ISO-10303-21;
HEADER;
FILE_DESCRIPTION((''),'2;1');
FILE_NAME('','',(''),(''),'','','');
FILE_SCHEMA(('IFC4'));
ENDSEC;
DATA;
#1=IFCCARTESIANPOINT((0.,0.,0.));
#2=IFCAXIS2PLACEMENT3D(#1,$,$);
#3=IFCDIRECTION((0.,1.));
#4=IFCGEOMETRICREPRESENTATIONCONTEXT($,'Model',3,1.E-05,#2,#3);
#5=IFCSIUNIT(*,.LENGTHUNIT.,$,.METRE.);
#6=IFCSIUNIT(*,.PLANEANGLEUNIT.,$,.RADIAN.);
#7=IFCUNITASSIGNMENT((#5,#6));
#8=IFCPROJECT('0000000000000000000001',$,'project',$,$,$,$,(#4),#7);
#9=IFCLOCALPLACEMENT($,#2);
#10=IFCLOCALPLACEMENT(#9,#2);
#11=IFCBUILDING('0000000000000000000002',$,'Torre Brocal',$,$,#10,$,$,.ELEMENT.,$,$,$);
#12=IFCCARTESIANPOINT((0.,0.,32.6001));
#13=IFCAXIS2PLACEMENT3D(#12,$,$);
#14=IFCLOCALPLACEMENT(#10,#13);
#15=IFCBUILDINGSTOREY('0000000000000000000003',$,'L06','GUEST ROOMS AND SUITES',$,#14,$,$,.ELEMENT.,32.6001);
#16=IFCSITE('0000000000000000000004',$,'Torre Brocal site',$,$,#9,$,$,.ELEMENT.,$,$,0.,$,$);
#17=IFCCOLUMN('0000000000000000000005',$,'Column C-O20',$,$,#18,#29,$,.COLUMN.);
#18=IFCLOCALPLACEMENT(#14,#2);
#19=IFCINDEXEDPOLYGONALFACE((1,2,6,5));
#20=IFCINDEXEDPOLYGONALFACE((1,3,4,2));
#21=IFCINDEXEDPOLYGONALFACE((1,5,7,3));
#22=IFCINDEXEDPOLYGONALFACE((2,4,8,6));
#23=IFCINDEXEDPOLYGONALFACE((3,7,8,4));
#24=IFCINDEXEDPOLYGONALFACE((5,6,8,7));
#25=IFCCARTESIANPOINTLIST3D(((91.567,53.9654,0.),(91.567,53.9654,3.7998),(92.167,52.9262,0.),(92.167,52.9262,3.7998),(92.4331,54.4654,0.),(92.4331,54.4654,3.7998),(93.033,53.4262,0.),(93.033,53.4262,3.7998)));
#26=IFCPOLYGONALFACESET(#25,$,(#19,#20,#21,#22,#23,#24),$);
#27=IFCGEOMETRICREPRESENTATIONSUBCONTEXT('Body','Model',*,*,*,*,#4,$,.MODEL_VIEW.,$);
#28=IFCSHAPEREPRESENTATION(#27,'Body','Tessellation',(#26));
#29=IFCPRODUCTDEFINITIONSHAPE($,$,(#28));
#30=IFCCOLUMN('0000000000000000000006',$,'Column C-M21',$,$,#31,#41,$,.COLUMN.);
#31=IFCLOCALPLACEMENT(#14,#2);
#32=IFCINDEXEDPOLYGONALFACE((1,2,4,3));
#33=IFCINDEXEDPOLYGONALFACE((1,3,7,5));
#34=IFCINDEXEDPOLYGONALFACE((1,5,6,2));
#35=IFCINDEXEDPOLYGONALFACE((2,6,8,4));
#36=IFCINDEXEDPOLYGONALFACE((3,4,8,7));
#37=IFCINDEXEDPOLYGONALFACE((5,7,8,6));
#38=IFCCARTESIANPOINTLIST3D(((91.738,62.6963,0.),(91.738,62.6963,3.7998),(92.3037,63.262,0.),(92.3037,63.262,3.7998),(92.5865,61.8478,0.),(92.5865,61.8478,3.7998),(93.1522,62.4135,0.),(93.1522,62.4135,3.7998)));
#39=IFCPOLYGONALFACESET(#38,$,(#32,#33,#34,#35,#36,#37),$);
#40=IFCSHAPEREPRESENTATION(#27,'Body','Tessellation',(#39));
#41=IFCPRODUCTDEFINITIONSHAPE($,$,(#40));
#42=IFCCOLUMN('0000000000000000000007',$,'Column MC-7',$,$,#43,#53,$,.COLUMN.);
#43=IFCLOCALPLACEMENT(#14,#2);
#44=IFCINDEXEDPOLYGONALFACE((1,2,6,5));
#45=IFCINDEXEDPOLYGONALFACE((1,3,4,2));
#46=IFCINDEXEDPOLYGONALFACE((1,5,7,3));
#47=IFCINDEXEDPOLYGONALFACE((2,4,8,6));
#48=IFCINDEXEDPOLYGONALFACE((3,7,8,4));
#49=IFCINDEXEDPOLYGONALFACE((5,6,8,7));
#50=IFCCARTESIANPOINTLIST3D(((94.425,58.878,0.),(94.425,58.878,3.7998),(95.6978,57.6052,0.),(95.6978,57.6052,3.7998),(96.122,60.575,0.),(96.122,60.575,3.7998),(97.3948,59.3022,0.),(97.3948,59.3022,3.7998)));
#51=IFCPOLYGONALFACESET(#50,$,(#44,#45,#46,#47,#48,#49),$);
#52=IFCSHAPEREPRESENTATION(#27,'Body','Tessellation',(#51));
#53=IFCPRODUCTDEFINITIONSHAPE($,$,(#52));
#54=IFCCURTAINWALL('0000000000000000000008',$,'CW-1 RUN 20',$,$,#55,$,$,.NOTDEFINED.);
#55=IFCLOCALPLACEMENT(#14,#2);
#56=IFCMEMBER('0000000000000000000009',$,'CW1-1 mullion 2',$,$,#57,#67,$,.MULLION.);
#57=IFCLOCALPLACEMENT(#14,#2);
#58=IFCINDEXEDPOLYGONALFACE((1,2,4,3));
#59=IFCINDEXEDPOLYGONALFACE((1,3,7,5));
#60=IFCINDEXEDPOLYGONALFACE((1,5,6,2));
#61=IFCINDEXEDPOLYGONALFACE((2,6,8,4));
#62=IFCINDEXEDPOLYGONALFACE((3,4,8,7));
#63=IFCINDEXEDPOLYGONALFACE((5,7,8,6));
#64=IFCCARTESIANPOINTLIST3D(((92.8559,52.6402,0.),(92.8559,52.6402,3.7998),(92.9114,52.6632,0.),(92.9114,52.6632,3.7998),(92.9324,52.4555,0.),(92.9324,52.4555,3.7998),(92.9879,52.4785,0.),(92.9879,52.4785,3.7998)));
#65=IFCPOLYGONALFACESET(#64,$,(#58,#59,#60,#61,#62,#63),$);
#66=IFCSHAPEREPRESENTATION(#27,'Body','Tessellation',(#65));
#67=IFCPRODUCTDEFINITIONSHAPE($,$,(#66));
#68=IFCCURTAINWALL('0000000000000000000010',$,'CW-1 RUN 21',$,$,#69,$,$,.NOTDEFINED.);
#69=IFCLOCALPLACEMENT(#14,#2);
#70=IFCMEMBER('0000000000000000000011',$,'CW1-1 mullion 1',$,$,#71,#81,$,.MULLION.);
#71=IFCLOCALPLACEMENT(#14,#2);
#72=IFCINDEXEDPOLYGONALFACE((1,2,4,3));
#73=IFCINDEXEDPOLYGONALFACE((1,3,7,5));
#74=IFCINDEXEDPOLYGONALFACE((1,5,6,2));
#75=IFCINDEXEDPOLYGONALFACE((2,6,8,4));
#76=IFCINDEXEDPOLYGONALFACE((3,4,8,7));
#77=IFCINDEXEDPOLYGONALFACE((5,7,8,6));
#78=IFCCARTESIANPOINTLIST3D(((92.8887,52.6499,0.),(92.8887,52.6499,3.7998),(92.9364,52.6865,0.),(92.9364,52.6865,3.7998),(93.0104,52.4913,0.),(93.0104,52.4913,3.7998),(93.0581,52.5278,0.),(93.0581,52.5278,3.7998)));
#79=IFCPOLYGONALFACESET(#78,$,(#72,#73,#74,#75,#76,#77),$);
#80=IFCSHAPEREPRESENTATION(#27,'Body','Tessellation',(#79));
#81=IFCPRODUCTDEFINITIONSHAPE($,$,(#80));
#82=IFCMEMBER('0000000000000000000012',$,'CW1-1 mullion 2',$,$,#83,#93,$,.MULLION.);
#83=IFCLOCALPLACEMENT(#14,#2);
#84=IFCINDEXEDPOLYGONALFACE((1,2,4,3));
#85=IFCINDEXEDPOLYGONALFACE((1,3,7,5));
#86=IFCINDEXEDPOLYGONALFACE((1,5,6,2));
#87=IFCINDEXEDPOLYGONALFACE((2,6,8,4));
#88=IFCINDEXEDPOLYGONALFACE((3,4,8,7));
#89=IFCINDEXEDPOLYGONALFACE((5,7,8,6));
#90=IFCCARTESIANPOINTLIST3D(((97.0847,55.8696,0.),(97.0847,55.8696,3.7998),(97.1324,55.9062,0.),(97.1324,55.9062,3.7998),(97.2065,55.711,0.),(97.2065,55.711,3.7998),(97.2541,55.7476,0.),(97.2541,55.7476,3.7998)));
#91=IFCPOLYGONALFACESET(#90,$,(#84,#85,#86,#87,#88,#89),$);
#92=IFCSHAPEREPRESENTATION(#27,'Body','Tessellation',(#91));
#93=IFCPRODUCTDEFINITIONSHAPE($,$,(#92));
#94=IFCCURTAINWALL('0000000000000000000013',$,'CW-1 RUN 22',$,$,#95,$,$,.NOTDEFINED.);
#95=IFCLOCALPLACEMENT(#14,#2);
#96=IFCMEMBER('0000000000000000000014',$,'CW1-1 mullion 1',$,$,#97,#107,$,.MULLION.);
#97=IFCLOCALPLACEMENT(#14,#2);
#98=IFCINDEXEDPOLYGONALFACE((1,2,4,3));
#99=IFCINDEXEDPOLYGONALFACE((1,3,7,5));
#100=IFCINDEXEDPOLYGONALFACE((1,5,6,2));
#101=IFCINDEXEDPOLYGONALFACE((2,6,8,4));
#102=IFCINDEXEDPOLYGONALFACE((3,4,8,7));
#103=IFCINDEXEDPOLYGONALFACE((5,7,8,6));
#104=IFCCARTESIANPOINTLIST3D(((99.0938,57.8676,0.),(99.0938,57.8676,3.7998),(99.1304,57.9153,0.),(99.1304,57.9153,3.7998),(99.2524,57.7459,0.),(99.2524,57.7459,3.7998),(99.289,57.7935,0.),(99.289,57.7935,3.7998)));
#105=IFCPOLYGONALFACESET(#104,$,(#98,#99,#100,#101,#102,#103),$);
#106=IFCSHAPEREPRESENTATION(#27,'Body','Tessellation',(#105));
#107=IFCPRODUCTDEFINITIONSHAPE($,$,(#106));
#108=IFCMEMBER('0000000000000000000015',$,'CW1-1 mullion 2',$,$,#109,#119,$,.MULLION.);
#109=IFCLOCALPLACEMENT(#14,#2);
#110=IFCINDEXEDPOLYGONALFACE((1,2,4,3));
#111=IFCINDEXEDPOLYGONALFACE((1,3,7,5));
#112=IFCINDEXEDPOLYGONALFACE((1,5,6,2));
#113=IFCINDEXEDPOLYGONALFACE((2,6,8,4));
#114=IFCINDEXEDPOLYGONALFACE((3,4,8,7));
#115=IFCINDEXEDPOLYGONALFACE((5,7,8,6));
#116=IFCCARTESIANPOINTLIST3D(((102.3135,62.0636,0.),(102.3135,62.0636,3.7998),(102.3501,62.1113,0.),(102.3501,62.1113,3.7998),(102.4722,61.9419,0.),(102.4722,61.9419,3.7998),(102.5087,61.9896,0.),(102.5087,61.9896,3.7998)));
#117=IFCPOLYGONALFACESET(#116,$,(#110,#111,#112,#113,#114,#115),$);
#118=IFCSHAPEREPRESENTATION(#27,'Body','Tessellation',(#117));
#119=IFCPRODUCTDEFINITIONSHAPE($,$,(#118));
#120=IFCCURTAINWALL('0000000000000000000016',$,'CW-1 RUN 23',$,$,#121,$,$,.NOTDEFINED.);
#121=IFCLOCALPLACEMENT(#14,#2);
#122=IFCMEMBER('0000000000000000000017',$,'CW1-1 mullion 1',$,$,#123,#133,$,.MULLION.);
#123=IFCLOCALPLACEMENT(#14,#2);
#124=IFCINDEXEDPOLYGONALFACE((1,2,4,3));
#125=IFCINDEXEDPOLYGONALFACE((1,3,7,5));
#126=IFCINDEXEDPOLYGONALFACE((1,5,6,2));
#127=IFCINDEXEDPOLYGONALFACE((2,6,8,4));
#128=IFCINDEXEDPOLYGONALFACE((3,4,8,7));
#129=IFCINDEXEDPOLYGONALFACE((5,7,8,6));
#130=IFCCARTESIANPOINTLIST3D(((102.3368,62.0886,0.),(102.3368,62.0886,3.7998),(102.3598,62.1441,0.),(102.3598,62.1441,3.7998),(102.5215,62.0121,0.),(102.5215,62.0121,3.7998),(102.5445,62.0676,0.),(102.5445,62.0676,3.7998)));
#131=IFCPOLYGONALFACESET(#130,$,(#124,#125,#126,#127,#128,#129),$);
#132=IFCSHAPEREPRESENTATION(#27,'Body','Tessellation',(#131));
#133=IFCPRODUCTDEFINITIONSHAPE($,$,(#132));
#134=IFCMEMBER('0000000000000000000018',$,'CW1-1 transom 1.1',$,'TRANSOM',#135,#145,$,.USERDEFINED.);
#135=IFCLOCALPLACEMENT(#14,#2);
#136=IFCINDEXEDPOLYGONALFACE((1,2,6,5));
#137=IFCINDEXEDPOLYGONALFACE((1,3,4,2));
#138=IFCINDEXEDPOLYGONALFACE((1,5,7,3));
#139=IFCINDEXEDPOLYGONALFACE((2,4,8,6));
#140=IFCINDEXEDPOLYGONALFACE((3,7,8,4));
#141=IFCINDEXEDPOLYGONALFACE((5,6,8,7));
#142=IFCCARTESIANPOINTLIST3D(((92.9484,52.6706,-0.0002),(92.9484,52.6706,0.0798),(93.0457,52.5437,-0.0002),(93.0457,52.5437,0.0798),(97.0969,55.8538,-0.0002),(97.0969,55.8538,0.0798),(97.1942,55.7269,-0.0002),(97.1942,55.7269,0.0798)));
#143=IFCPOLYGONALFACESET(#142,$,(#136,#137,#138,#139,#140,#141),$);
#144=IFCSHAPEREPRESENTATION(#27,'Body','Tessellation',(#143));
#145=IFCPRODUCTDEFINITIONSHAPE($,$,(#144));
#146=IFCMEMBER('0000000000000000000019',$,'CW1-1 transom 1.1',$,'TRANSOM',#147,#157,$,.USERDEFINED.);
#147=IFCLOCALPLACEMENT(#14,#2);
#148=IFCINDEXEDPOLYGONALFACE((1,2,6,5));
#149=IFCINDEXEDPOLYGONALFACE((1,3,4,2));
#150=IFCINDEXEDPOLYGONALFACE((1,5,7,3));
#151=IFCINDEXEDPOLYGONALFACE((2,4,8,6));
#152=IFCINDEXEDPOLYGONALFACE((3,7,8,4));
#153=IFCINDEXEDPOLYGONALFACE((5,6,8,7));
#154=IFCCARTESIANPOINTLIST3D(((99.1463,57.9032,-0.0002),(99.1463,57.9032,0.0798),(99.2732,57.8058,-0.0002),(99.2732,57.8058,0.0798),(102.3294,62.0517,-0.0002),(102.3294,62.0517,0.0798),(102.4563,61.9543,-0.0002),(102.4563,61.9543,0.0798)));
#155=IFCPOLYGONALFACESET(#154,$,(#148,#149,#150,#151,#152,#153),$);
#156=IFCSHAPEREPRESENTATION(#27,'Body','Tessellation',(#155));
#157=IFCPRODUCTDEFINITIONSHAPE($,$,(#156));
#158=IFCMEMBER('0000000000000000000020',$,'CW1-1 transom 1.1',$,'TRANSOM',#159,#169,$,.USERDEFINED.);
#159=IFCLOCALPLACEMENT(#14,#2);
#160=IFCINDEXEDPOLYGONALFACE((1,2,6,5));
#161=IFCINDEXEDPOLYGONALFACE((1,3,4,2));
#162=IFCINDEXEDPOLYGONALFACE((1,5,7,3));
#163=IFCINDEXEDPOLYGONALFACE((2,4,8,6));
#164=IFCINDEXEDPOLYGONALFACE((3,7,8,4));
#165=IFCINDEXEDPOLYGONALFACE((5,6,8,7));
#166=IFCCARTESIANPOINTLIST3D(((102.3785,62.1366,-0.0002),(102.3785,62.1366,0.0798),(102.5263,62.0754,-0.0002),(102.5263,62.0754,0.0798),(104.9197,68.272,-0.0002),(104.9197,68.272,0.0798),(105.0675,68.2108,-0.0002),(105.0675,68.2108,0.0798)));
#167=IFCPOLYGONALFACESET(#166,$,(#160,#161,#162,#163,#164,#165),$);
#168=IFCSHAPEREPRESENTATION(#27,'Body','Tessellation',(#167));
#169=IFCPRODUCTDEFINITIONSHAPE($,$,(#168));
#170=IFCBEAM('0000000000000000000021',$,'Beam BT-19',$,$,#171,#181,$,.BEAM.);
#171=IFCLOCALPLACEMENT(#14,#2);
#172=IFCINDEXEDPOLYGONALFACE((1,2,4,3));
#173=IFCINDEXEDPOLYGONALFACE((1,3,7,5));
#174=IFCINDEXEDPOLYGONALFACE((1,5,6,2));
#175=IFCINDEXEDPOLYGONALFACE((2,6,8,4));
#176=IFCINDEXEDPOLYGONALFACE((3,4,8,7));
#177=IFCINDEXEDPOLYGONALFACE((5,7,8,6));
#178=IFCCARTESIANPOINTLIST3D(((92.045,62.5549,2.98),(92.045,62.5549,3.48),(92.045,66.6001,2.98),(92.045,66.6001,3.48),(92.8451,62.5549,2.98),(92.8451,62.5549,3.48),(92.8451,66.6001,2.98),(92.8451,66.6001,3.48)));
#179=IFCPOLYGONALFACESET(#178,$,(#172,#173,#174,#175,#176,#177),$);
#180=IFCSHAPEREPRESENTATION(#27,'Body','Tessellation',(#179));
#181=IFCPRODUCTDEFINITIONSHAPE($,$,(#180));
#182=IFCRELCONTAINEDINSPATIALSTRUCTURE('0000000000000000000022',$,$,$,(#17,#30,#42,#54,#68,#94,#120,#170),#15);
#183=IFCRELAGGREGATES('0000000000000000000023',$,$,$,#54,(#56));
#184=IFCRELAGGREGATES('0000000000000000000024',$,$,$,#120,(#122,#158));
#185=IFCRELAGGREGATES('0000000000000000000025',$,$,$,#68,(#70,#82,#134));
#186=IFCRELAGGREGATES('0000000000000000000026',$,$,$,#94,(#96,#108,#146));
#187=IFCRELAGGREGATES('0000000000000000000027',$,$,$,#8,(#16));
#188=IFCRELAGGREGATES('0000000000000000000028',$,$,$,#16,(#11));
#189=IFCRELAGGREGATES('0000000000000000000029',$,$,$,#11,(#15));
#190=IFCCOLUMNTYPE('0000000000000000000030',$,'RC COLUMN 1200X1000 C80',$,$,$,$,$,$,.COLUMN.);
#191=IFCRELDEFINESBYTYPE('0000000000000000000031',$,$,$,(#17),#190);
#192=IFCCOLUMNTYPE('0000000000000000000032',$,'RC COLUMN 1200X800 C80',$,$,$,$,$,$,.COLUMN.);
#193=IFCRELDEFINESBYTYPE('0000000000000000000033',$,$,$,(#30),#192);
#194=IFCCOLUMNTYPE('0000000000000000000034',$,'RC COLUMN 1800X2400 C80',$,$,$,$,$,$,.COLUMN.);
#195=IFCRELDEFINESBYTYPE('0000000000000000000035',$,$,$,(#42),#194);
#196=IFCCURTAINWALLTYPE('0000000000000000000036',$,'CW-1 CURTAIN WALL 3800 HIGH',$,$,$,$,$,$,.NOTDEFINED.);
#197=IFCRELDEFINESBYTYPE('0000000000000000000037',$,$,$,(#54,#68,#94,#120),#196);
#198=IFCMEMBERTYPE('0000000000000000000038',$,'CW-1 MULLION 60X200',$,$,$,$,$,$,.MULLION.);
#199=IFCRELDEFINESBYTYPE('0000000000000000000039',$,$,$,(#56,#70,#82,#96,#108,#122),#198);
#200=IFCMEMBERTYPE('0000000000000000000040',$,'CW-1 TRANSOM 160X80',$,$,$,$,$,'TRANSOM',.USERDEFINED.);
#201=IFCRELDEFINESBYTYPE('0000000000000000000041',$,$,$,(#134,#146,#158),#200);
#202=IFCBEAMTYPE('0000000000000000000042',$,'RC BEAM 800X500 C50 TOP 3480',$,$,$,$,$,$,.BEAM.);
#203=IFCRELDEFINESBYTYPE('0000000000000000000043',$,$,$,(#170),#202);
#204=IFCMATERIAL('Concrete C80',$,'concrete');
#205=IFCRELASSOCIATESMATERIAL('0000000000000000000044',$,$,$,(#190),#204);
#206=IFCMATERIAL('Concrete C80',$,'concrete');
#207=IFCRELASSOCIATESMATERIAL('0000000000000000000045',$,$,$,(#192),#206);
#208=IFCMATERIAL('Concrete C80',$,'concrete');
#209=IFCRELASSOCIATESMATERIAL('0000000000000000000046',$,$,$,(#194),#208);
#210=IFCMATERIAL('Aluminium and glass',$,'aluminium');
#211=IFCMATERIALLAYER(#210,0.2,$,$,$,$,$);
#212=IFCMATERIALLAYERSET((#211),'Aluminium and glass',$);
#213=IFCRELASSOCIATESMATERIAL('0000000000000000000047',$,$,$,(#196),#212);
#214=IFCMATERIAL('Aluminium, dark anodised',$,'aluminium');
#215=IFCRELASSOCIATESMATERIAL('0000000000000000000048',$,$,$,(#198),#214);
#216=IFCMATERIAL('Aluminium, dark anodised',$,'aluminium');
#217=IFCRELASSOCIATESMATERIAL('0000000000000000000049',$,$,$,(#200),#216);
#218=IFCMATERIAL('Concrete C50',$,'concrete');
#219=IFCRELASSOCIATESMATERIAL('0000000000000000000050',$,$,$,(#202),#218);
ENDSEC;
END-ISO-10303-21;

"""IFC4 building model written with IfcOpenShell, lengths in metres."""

from ifc_helpers import new_model, si_unit, direction, frame, origin, origin_2d, place, context, subcontext, project, spatial, rectangle, extrude, material, layer, layer_set, material_profile, profile_set, type_object, element, aggregate, save


model = new_model("IFC4")

# Units and contexts
model_context = context("Model", 3, precision=1e-05, world=origin(), true_north=direction((0.0, 1.0)))
body_context = subcontext(model_context, "Body", "Model", "MODEL_VIEW")
ifc_project = project(units=[si_unit("LENGTHUNIT", "METRE"), si_unit("PLANEANGLEUNIT", "RADIAN")], contexts=[model_context])

# Site, building, storey
site_placement = place(None, origin())
site = spatial("IfcSite", under=ifc_project, at=site_placement, Name="Torre Brocal site", CompositionType="ELEMENT", RefElevation=0.0)
building_placement = place(site_placement, origin())
building = spatial("IfcBuilding", under=site, at=building_placement, Name="Torre Brocal", CompositionType="ELEMENT")
storey_placement = place(building_placement, frame((0.0, 0.0, 32.6001)))
storey = spatial("IfcBuildingStorey", under=building, at=storey_placement, Name="L06", Description="GUEST ROOMS AND SUITES", CompositionType="ELEMENT", Elevation=32.6001)

# Columns
ifc_material_1 = material(Name="Concrete C80", Category="concrete")
ifc_material_profile_1 = material_profile(ifc_material_1, rectangle(XDim=1.2, YDim=1.0, at=origin_2d()), Name="RC 1200X1000")
ifc_profile_set_1 = profile_set([ifc_material_profile_1], Name="Concrete C80")
column_type_1 = type_object("IfcColumnType", Name="RC COLUMN 1200X1000 C80", PredefinedType="COLUMN", material=ifc_profile_set_1)
column_1_placement = place(storey_placement, frame((92.3, 53.6958, 0.0), z_axis=(0.0, 0.0, 1.0), x_axis=(0.5, -0.866025, 0.0)))
element("IfcColumn", 1, at=column_1_placement, inside=storey, type_object=column_type_1, Name="Column C-O20", PredefinedType="COLUMN", context=body_context, shape_type="SweptSolid", body=[
    extrude(rectangle(XDim=1.2, YDim=1.0, at=origin_2d()), origin(), (0.0, 0.0, 1.0), 3.7998),
])
ifc_material_2 = material(Name="Concrete C80", Category="concrete")
ifc_material_profile_2 = material_profile(ifc_material_2, rectangle(XDim=1.2, YDim=0.8, at=origin_2d()), Name="RC 1200X800")
ifc_profile_set_2 = profile_set([ifc_material_profile_2], Name="Concrete C80")
column_type_2 = type_object("IfcColumnType", Name="RC COLUMN 1200X800 C80", PredefinedType="COLUMN", material=ifc_profile_set_2)
column_2_placement = place(storey_placement, frame((92.4451, 62.5549, 0.0), z_axis=(0.0, 0.0, 1.0), x_axis=(0.707107, -0.707107, 0.0)))
element("IfcColumn", 2, at=column_2_placement, inside=storey, type_object=column_type_2, Name="Column C-M21", PredefinedType="COLUMN", context=body_context, shape_type="SweptSolid", body=[
    extrude(rectangle(XDim=1.2, YDim=0.8, at=origin_2d()), origin(), (0.0, 0.0, 1.0), 3.7998),
])
ifc_material_3 = material(Name="Concrete C80", Category="concrete")
ifc_material_profile_3 = material_profile(ifc_material_3, rectangle(XDim=1.8, YDim=2.3999, at=origin_2d()), Name="RC 1800X2400")
ifc_profile_set_3 = profile_set([ifc_material_profile_3], Name="Concrete C80")
column_type_3 = type_object("IfcColumnType", Name="RC COLUMN 1800X2400 C80", PredefinedType="COLUMN", material=ifc_profile_set_3)
column_3_placement = place(storey_placement, frame((95.9099, 59.0901, 0.0), z_axis=(0.0, 0.0, 1.0), x_axis=(0.707107, -0.707107, 0.0)))
element("IfcColumn", 3, at=column_3_placement, inside=storey, type_object=column_type_3, Name="Column MC-7", PredefinedType="COLUMN", context=body_context, shape_type="SweptSolid", body=[
    extrude(rectangle(XDim=1.8, YDim=2.3999, at=origin_2d()), origin(), (0.0, 0.0, 1.0), 3.7998),
])

# Curtain wall, member
ifc_material_4 = material(Name="Aluminium and glass", Category="aluminium")
ifc_layer_1 = layer(ifc_material_4, 0.2)
ifc_layer_set_1 = layer_set([ifc_layer_1], Name="Aluminium and glass")
curtain_wall_type = type_object("IfcCurtainWallType", Name="CW-1 CURTAIN WALL 3800 HIGH", PredefinedType="NOTDEFINED", material=ifc_layer_set_1)
curtain_wall_1_placement = place(storey_placement, origin())
curtain_wall_1 = element("IfcCurtainWall", 4, at=curtain_wall_1_placement, inside=storey, type_object=curtain_wall_type, Name="CW-1 RUN 20", PredefinedType="NOTDEFINED")
ifc_material_5 = material(Name="Aluminium, dark anodised", Category="aluminium")
ifc_material_profile_4 = material_profile(ifc_material_5, rectangle(XDim=0.2, YDim=0.0601, at=origin_2d()), Name="CW-1 MULLION 60X200")
ifc_profile_set_4 = profile_set([ifc_material_profile_4], Name="Aluminium, dark anodised")
member_type_1 = type_object("IfcMemberType", Name="CW-1 MULLION 60X200", PredefinedType="MULLION", material=ifc_profile_set_4)
member_1_placement = place(storey_placement, frame((92.9219, 52.5593, 0.0), z_axis=(0.0, 0.0, 1.0), x_axis=(-0.382683, 0.92388, 0.0)))
member_1 = element("IfcMember", 5, at=member_1_placement, type_object=member_type_1, Name="CW1-1 mullion 2", PredefinedType="MULLION", context=body_context, shape_type="SweptSolid", body=[
    extrude(rectangle(XDim=0.2, YDim=0.0601, at=origin_2d()), origin(), (0.0, 0.0, 1.0), 3.7998),
])
aggregate(curtain_wall_1, [member_1])

# Curtain walls, members
curtain_wall_2_placement = place(storey_placement, origin())
curtain_wall_2 = element("IfcCurtainWall", 6, at=curtain_wall_2_placement, inside=storey, type_object=curtain_wall_type, Name="CW-1 RUN 21", PredefinedType="NOTDEFINED")
member_2_placement = place(storey_placement, frame((92.9734, 52.5889, 0.0), z_axis=(0.0, 0.0, 1.0), x_axis=(-0.608761, 0.793353, 0.0)))
member_2 = element("IfcMember", 7, at=member_2_placement, type_object=member_type_1, Name="CW1-1 mullion 1", PredefinedType="MULLION", context=body_context, shape_type="SweptSolid", body=[
    extrude(rectangle(XDim=0.2, YDim=0.0601, at=origin_2d()), origin(), (0.0, 0.0, 1.0), 3.7998),
])
member_3_placement = place(storey_placement, frame((97.1694, 55.8086, 0.0), z_axis=(0.0, 0.0, 1.0), x_axis=(-0.608761, 0.793353, 0.0)))
member_3 = element("IfcMember", 8, at=member_3_placement, type_object=member_type_1, Name="CW1-1 mullion 2", PredefinedType="MULLION", context=body_context, shape_type="SweptSolid", body=[
    extrude(rectangle(XDim=0.2, YDim=0.0601, at=origin_2d()), origin(), (0.0, 0.0, 1.0), 3.7998),
])
curtain_wall_3_placement = place(storey_placement, origin())
curtain_wall_3 = element("IfcCurtainWall", 9, at=curtain_wall_3_placement, inside=storey, type_object=curtain_wall_type, Name="CW-1 RUN 22", PredefinedType="NOTDEFINED")
member_4_placement = place(storey_placement, frame((99.1914, 57.8306, 0.0), z_axis=(0.0, 0.0, 1.0), x_axis=(-0.793353, 0.608761, 0.0)))
member_4 = element("IfcMember", 10, at=member_4_placement, type_object=member_type_1, Name="CW1-1 mullion 1", PredefinedType="MULLION", context=body_context, shape_type="SweptSolid", body=[
    extrude(rectangle(XDim=0.2, YDim=0.0601, at=origin_2d()), origin(), (0.0, 0.0, 1.0), 3.7998),
])
member_5_placement = place(storey_placement, frame((102.4111, 62.0266, 0.0), z_axis=(0.0, 0.0, 1.0), x_axis=(-0.793353, 0.608761, 0.0)))
member_5 = element("IfcMember", 11, at=member_5_placement, type_object=member_type_1, Name="CW1-1 mullion 2", PredefinedType="MULLION", context=body_context, shape_type="SweptSolid", body=[
    extrude(rectangle(XDim=0.2, YDim=0.0601, at=origin_2d()), origin(), (0.0, 0.0, 1.0), 3.7998),
])

# Curtain wall, member
curtain_wall_4_placement = place(storey_placement, origin())
curtain_wall_4 = element("IfcCurtainWall", 12, at=curtain_wall_4_placement, inside=storey, type_object=curtain_wall_type, Name="CW-1 RUN 23", PredefinedType="NOTDEFINED")
member_6_placement = place(storey_placement, frame((102.4407, 62.0781, 0.0), z_axis=(0.0, 0.0, 1.0), x_axis=(-0.92388, 0.382683, 0.0)))
member_6 = element("IfcMember", 13, at=member_6_placement, type_object=member_type_1, Name="CW1-1 mullion 1", PredefinedType="MULLION", context=body_context, shape_type="SweptSolid", body=[
    extrude(rectangle(XDim=0.2, YDim=0.0601, at=origin_2d()), origin(), (0.0, 0.0, 1.0), 3.7998),
])

# Members
ifc_material_6 = material(Name="Aluminium, dark anodised", Category="aluminium")
ifc_material_profile_5 = material_profile(ifc_material_6, rectangle(XDim=0.1599, YDim=0.0801, at=origin_2d()), Name="CW-1 TRANSOM 160X80")
ifc_profile_set_5 = profile_set([ifc_material_profile_5], Name="Aluminium, dark anodised")
member_type_2 = type_object("IfcMemberType", Name="CW-1 TRANSOM 160X80", ElementType="TRANSOM", PredefinedType="USERDEFINED", material=ifc_profile_set_5)
member_7_placement = place(storey_placement, frame((92.9971, 52.6072, 0.0398), z_axis=(0.793363, 0.608749, 0.0), x_axis=(-0.608749, 0.793363, 0.0)))
member_7 = element("IfcMember", 14, at=member_7_placement, type_object=member_type_2, Name="CW1-1 transom 1.1", ObjectType="TRANSOM", PredefinedType="USERDEFINED", context=body_context, shape_type="SweptSolid", body=[
    extrude(rectangle(XDim=0.1599, YDim=0.0801, at=origin_2d()), origin(), (0.0, 0.0, 1.0), 5.229),
])
member_8_placement = place(storey_placement, frame((99.2097, 57.8545, 0.0398), z_axis=(0.608749, 0.793363, 0.0), x_axis=(-0.793363, 0.608749, 0.0)))
member_8 = element("IfcMember", 15, at=member_8_placement, type_object=member_type_2, Name="CW1-1 transom 1.1", ObjectType="TRANSOM", PredefinedType="USERDEFINED", context=body_context, shape_type="SweptSolid", body=[
    extrude(rectangle(XDim=0.1599, YDim=0.0801, at=origin_2d()), origin(), (0.0, 0.0, 1.0), 5.229),
])
member_9_placement = place(storey_placement, frame((102.4524, 62.106, 0.0398), z_axis=(0.382665, 0.923887, 0.0), x_axis=(-0.923887, 0.382665, 0.0)))
member_9 = element("IfcMember", 16, at=member_9_placement, type_object=member_type_2, Name="CW1-1 transom 1.1", ObjectType="TRANSOM", PredefinedType="USERDEFINED", context=body_context, shape_type="SweptSolid", body=[
    extrude(rectangle(XDim=0.1599, YDim=0.0801, at=origin_2d()), origin(), (0.0, 0.0, 1.0), 6.6409),
])
aggregate(curtain_wall_4, [member_6, member_9])

# Beam
ifc_material_7 = material(Name="Concrete C50", Category="concrete")
ifc_material_profile_6 = material_profile(ifc_material_7, rectangle(XDim=0.8, YDim=0.5, at=origin_2d()), Name="RC 800X500")
ifc_profile_set_6 = profile_set([ifc_material_profile_6], Name="Concrete C50")
beam_type_1 = type_object("IfcBeamType", Name="RC BEAM 800X500 C50 TOP 3480", PredefinedType="BEAM", material=ifc_profile_set_6)
beam_placement = place(storey_placement, frame((92.4451, 62.5549, 3.23), z_axis=(0.0, 1.0, 0.0), x_axis=(-1.0, 0.0, 0.0)))
element("IfcBeam", 17, at=beam_placement, inside=storey, type_object=beam_type_1, Name="Beam BT-19", PredefinedType="BEAM", context=body_context, shape_type="SweptSolid", body=[
    extrude(rectangle(XDim=0.8, YDim=0.5, at=origin_2d()), origin(), (0.0, 0.0, 1.0), 4.0452),
])

aggregate(curtain_wall_2, [member_2, member_3, member_7])
aggregate(curtain_wall_3, [member_4, member_5, member_8])

save(model, "model.ifc")
